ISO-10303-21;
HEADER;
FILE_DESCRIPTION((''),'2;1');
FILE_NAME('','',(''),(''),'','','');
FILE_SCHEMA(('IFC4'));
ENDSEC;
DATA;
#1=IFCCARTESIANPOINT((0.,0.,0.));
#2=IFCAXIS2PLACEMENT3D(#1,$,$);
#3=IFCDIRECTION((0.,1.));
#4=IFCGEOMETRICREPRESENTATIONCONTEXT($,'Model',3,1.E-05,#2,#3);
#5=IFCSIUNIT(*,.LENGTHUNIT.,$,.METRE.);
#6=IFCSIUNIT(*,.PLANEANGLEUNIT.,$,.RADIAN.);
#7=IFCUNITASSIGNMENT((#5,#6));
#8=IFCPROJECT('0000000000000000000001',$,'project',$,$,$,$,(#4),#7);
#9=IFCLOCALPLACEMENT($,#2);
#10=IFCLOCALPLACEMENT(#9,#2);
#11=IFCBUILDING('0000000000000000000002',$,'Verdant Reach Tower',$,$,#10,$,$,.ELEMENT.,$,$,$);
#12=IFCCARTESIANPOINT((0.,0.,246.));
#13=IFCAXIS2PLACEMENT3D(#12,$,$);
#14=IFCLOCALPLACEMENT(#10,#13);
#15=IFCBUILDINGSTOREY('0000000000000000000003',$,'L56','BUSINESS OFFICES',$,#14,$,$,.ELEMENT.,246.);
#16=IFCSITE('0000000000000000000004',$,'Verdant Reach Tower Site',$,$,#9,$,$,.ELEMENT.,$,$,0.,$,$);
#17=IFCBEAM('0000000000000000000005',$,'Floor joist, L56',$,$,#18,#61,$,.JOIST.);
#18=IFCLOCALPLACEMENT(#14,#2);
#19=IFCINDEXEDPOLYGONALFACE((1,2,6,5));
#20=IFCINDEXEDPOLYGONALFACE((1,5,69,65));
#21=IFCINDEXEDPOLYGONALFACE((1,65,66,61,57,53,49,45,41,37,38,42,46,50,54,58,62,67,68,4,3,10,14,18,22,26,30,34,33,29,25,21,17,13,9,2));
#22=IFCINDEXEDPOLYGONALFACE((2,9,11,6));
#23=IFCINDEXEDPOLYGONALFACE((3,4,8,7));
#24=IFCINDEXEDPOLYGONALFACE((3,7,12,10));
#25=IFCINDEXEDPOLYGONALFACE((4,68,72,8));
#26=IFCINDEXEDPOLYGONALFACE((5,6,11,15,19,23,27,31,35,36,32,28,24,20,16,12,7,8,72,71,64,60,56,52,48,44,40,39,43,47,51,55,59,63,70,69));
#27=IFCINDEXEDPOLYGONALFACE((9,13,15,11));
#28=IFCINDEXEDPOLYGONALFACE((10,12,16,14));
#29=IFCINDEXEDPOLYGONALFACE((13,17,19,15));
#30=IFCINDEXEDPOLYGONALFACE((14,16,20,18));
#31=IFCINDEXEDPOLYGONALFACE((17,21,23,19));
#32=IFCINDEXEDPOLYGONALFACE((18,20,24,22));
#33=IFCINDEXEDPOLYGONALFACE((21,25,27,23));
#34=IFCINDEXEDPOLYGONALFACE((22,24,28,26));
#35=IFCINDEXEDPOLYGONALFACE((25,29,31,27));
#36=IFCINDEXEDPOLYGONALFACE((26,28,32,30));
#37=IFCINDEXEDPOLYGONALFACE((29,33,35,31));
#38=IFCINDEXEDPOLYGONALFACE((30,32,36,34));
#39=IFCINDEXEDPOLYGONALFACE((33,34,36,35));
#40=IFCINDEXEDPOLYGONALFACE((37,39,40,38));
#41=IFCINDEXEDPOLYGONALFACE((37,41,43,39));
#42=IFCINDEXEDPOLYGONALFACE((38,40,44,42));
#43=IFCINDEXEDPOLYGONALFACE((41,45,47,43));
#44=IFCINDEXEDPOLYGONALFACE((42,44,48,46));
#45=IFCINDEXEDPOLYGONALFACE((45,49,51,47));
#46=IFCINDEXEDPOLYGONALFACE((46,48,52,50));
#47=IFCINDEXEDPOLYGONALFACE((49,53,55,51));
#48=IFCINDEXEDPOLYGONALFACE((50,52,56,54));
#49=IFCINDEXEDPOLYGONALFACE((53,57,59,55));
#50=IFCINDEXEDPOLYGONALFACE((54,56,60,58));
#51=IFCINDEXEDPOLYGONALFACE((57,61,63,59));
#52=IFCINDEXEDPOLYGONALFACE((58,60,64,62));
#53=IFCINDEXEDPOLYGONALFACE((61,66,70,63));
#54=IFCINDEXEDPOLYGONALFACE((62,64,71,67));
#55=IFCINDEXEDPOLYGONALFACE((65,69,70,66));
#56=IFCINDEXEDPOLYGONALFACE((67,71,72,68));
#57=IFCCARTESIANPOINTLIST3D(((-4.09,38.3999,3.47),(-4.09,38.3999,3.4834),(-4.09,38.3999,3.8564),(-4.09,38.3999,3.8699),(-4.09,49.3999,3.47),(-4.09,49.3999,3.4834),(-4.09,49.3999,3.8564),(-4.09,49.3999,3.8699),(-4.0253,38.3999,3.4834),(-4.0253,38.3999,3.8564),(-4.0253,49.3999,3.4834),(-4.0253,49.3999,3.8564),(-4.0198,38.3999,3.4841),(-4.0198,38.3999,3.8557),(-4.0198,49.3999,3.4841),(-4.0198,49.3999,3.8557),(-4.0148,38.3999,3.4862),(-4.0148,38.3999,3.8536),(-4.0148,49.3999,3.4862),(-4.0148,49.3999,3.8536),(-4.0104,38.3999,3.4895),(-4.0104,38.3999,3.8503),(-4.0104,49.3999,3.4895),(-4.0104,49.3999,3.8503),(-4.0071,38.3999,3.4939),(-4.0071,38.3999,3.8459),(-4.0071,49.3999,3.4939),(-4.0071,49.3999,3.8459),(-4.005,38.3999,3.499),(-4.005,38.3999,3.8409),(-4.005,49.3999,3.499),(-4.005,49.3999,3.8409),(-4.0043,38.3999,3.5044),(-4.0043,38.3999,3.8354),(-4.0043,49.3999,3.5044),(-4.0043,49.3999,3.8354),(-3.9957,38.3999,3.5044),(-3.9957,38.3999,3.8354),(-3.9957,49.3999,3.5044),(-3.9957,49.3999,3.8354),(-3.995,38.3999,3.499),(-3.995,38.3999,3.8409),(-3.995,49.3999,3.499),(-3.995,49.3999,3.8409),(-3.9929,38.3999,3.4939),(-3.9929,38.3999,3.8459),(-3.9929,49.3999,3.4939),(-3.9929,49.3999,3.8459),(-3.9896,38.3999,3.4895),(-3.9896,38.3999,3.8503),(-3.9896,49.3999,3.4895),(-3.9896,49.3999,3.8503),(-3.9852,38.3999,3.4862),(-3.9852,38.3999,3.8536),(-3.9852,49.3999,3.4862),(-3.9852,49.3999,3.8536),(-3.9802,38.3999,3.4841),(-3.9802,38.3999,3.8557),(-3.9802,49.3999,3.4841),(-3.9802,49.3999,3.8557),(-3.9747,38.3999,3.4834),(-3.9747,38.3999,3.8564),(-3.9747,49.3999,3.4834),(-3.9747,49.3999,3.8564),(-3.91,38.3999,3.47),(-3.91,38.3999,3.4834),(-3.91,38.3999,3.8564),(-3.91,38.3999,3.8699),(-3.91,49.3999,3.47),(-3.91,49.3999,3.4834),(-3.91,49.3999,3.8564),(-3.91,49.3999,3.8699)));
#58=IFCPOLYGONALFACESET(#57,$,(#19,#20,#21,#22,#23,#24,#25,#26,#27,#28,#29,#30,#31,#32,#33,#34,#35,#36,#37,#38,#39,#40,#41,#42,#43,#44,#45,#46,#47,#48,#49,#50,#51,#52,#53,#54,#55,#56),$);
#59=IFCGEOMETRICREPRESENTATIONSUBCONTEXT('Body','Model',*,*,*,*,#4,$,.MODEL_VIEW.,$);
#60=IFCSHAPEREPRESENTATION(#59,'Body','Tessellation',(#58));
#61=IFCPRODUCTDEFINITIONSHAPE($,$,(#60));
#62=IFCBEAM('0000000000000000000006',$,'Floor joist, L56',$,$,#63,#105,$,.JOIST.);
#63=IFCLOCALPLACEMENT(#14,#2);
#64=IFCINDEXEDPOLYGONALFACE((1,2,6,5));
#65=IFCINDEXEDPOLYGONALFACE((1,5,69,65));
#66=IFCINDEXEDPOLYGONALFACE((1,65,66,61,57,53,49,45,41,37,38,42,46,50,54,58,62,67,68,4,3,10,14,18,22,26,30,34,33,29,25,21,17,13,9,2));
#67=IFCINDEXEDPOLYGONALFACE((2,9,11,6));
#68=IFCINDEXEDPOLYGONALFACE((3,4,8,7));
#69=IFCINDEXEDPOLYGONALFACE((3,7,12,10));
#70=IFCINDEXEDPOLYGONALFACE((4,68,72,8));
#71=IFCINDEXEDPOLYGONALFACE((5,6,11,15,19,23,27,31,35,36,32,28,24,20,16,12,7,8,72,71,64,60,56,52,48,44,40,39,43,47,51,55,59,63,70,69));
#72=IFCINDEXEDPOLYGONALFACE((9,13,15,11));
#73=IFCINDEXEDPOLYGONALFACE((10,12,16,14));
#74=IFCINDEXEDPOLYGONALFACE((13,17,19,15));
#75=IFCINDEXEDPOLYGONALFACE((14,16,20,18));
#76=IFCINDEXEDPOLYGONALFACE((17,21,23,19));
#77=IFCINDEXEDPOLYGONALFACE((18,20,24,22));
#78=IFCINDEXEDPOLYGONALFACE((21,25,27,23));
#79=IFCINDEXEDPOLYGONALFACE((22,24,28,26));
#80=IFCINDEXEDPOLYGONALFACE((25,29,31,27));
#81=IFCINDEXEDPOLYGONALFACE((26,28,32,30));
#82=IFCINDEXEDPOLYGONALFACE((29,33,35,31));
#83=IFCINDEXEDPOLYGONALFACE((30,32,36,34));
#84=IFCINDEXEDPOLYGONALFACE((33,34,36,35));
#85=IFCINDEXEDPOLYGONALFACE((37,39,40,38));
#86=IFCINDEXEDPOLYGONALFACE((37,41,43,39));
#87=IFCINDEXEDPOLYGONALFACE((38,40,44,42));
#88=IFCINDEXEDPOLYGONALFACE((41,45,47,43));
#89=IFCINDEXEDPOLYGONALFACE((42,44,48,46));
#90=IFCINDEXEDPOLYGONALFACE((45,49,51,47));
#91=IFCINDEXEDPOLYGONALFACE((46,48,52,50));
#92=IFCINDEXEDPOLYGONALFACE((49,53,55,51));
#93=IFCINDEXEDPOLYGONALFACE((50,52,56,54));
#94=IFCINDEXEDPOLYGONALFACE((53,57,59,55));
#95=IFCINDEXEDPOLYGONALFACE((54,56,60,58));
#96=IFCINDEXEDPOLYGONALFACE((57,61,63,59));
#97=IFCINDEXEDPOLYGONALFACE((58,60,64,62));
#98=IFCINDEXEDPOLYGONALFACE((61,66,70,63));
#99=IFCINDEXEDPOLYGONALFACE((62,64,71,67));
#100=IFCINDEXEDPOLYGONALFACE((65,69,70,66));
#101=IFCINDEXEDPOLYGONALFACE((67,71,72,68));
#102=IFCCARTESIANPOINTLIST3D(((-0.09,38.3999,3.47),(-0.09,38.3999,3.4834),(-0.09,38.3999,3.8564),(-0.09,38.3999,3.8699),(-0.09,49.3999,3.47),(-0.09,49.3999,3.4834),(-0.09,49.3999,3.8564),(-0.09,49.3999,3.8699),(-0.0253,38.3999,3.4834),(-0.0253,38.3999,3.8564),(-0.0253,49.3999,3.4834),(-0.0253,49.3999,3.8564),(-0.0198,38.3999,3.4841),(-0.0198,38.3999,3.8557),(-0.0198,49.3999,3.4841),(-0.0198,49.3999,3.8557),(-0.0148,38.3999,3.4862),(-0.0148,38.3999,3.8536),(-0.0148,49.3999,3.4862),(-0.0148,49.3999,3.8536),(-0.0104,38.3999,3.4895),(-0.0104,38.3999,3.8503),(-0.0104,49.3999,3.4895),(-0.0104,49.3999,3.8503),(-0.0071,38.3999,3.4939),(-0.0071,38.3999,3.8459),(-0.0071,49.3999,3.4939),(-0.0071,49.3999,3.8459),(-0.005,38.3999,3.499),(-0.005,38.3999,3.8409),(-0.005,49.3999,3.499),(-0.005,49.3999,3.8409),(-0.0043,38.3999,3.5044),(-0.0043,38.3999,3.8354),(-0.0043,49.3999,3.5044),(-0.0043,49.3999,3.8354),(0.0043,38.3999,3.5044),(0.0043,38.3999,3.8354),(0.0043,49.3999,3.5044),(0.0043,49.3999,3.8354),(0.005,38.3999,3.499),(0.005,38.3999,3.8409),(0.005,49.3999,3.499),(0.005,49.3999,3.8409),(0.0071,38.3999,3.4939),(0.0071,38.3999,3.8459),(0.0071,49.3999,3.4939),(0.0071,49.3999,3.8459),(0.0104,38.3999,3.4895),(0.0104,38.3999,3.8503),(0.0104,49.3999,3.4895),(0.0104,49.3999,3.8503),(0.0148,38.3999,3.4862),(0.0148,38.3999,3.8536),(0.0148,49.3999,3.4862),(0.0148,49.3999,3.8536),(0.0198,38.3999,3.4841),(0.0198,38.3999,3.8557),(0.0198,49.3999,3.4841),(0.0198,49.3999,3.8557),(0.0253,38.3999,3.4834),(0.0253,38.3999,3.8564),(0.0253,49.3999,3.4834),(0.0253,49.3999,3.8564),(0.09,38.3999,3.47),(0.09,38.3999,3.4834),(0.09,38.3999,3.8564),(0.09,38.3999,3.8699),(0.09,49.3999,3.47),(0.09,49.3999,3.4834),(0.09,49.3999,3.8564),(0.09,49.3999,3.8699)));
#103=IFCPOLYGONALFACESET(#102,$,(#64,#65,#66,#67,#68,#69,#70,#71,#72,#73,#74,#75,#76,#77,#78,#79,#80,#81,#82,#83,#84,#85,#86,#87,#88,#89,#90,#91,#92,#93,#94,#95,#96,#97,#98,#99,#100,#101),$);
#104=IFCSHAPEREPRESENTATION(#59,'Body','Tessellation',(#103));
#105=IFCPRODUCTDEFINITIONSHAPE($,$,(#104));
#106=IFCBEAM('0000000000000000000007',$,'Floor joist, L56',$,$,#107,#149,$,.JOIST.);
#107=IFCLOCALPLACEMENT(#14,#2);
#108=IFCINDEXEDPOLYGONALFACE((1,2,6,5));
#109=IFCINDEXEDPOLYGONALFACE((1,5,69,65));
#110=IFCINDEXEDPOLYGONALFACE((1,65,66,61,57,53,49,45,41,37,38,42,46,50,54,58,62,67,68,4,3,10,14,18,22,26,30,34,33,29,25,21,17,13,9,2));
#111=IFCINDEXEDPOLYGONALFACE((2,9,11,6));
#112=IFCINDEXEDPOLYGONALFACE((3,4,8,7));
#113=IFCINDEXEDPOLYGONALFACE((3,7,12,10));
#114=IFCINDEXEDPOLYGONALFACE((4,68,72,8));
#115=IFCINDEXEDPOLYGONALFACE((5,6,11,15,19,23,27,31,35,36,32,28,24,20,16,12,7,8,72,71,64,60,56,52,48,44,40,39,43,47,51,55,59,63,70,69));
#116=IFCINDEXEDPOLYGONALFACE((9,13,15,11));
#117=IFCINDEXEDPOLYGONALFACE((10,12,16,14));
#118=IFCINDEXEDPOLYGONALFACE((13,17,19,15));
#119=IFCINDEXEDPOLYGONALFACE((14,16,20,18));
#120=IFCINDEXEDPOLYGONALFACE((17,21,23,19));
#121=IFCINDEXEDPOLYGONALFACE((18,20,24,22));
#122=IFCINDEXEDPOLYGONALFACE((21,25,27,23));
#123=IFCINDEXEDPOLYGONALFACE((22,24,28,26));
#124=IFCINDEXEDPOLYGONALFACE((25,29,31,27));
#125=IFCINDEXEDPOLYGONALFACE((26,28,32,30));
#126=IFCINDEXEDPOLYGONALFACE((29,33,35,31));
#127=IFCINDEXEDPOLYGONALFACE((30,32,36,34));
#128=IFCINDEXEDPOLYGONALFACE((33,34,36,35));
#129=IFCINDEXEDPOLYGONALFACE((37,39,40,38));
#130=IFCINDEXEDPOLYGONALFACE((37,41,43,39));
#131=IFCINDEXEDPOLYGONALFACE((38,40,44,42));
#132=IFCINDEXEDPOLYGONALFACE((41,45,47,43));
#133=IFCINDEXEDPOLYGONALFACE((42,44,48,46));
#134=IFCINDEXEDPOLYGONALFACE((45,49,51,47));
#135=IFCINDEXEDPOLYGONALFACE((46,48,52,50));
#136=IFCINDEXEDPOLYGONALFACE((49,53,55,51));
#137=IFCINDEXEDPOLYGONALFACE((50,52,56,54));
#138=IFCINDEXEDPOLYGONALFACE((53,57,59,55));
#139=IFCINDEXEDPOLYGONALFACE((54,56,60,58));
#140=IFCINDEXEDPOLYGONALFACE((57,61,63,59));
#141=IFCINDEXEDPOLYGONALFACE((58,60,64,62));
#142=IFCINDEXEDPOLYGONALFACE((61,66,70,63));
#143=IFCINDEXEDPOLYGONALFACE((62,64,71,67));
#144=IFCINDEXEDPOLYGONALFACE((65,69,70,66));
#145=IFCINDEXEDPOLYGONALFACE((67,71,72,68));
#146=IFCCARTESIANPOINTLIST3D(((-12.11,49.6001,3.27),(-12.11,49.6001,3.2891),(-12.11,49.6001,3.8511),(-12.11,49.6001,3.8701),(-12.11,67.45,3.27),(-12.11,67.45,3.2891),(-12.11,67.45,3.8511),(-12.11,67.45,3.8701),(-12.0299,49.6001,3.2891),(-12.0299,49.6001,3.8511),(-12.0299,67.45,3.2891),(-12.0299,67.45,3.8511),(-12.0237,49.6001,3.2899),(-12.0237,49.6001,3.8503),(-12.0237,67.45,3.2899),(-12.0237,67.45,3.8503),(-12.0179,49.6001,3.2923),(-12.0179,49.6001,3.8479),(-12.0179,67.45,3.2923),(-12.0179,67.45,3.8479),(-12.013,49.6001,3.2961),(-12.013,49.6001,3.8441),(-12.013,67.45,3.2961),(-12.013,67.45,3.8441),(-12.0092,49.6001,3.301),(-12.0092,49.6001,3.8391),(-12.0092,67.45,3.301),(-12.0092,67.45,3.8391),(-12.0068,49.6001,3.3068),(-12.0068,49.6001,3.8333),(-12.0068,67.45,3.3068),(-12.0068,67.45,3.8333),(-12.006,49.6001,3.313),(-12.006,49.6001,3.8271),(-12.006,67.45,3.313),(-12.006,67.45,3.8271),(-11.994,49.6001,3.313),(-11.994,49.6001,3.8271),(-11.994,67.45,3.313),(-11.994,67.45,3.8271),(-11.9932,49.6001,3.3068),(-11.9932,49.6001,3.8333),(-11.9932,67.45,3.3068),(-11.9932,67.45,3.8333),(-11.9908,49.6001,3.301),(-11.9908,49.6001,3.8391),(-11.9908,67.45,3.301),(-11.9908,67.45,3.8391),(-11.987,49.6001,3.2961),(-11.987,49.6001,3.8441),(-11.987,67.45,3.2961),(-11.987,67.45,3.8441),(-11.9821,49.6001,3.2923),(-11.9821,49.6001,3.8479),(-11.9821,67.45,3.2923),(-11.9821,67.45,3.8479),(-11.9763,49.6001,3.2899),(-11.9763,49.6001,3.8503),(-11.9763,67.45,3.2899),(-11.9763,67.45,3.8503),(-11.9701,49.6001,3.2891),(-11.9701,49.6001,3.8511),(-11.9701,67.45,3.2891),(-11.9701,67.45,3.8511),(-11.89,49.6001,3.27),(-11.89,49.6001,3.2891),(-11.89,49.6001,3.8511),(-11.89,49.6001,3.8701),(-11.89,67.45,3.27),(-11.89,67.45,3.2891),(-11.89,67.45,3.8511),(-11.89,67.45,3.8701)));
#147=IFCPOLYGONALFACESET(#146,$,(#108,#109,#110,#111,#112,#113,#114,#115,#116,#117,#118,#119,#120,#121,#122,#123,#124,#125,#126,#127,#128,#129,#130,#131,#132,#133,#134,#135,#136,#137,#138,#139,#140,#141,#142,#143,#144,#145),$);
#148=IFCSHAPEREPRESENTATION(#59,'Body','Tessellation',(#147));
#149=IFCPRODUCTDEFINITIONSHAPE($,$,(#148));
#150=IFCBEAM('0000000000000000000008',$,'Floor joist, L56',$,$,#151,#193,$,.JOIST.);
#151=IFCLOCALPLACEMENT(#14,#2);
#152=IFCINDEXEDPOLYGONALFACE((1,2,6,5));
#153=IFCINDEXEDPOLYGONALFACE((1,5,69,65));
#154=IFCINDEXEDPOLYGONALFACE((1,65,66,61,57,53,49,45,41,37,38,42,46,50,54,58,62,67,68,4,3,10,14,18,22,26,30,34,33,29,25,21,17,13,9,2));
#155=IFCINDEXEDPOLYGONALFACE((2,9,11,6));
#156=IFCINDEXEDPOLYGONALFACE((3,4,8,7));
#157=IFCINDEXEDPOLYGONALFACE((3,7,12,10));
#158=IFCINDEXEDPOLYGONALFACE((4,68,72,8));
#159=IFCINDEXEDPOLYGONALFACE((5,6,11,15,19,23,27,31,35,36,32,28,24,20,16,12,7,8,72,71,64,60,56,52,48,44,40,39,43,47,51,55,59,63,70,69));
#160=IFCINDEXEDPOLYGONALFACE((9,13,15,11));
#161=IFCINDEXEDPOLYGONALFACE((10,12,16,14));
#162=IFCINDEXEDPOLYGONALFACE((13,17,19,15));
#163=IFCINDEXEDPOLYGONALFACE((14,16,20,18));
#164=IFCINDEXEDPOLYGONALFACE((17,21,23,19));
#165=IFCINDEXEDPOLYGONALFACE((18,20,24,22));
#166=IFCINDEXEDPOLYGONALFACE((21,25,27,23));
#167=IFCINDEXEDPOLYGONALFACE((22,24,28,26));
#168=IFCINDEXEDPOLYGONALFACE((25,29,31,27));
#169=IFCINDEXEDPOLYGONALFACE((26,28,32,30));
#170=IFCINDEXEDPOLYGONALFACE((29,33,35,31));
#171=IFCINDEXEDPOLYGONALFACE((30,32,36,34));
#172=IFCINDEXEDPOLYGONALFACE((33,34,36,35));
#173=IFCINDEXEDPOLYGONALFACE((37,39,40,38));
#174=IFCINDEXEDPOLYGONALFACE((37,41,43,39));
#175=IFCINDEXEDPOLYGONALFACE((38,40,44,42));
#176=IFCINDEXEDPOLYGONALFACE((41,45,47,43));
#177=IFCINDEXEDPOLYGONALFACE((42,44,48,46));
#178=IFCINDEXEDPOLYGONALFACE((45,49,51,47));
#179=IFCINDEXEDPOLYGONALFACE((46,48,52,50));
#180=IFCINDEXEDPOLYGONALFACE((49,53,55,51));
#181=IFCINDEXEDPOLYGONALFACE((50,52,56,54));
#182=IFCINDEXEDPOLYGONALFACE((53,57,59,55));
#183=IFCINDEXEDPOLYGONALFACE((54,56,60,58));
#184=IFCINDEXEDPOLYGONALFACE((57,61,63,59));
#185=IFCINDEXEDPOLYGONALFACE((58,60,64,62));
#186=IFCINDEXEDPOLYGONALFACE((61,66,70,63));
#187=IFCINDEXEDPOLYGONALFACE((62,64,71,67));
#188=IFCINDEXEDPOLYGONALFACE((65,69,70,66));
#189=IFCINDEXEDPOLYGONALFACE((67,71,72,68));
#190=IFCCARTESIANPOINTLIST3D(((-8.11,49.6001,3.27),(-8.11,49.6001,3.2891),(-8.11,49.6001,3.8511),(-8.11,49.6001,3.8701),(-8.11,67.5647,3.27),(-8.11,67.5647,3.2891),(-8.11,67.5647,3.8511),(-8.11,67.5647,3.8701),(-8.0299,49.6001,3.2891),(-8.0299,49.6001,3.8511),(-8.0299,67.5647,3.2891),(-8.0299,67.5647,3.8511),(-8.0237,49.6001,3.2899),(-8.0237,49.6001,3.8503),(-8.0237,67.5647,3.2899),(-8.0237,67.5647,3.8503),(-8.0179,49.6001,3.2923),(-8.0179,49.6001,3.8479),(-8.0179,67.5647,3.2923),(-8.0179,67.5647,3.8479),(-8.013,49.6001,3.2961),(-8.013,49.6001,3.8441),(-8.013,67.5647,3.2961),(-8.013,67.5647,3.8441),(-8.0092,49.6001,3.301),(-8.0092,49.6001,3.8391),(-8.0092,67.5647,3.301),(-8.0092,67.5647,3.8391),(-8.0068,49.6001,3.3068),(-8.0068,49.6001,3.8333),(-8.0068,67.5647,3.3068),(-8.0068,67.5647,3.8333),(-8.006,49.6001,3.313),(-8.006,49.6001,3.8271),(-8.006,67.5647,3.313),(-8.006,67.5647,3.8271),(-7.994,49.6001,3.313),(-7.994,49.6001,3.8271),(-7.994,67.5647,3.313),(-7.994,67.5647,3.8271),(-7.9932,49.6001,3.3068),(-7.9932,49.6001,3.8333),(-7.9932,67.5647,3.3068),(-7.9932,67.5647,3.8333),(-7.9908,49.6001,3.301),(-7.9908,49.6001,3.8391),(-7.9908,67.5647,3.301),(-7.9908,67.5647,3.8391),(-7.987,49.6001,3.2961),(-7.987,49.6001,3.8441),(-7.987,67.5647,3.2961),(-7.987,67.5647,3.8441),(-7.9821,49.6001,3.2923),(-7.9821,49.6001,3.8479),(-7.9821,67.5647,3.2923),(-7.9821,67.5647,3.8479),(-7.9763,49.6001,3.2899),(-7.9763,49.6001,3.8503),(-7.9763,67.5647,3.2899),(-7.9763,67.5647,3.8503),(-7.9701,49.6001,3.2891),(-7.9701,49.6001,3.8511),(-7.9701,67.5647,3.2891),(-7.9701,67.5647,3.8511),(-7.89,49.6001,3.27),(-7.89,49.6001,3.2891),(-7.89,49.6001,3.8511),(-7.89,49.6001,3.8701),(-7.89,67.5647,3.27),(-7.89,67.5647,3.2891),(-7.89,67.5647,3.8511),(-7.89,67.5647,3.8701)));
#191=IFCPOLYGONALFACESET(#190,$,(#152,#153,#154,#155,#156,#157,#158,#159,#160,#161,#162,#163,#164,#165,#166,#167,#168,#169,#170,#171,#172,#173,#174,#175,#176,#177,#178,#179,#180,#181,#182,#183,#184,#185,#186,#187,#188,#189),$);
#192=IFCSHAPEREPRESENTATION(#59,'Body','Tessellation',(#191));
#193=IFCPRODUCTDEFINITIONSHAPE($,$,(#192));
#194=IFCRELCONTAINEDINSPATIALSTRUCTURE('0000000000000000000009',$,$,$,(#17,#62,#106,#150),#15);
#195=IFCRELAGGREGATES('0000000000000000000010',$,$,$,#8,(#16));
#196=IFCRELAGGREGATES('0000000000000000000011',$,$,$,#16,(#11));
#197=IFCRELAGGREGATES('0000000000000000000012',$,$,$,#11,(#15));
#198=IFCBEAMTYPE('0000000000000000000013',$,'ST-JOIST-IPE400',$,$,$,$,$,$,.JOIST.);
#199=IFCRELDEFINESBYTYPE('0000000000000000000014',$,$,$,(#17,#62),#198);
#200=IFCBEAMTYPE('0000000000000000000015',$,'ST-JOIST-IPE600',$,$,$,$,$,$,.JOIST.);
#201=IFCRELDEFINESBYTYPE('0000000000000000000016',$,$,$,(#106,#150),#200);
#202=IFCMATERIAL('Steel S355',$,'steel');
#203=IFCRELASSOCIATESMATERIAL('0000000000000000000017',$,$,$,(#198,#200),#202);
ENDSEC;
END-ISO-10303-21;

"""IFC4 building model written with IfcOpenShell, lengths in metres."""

from ifc_helpers import new_model, si_unit, direction, frame, origin, origin_2d, place, context, subcontext, project, spatial, i_section, extrude, material, material_profile, profile_set, type_object, element, save


model = new_model("IFC4")

# Units and contexts
model_context = context("Model", 3, precision=1e-05, world=origin(), true_north=direction((0.0, 1.0)))
body_context = subcontext(model_context, "Body", "Model", "MODEL_VIEW")
ifc_project = project(units=[si_unit("LENGTHUNIT", "METRE"), si_unit("PLANEANGLEUNIT", "RADIAN")], contexts=[model_context])

# Site, building, storey
site_placement = place(None, origin())
site = spatial("IfcSite", under=ifc_project, at=site_placement, Name="Verdant Reach Tower Site", CompositionType="ELEMENT", RefElevation=0.0)
building_placement = place(site_placement, origin())
building = spatial("IfcBuilding", under=site, at=building_placement, Name="Verdant Reach Tower", CompositionType="ELEMENT")
storey_placement = place(building_placement, frame((0.0, 0.0, 246.0)))
storey = spatial("IfcBuildingStorey", under=building, at=storey_placement, Name="L56", Description="BUSINESS OFFICES", CompositionType="ELEMENT", Elevation=246.0)

# Beams
ifc_material_1 = material(Name="Steel S355", Category="steel")
ifc_material_profile_1 = material_profile(ifc_material_1, i_section(OverallWidth=0.1799, OverallDepth=0.3999, WebThickness=0.0085, FlangeThickness=0.0134, FilletRadius=0.021, at=origin_2d()), Name="IPE 400")
ifc_profile_set_1 = profile_set([ifc_material_profile_1], Name="Steel S355")
beam_type_1 = type_object("IfcBeamType", Name="ST-JOIST-IPE400", PredefinedType="JOIST", material=ifc_profile_set_1)
for number, where, z_axis, x_axis, name in (
    (1, (-4.0, 38.3999, 3.6699), (0.0, 1.0, 0.0), (-1.0, 0.0, 0.0), "Floor joist, L56"),
    (2, (0.0, 38.3999, 3.6699), (0.0, 1.0, 0.0), (-1.0, 0.0, 0.0), "Floor joist, L56"),
):
    element("IfcBeam", number, at=place(storey_placement, frame(where, z_axis=z_axis, x_axis=x_axis)), inside=storey, type_object=beam_type_1, Name=name, PredefinedType="JOIST", context=body_context, shape_type="SweptSolid", body=[
        extrude(i_section(OverallWidth=0.1799, OverallDepth=0.3999, WebThickness=0.0085, FlangeThickness=0.0134, FilletRadius=0.021, at=origin_2d()), origin(), (0.0, 0.0, 1.0), 11.0),
    ])
ifc_material_profile_2 = material_profile(ifc_material_1, i_section(OverallWidth=0.22, OverallDepth=0.6001, WebThickness=0.012, FlangeThickness=0.019, FilletRadius=0.0239, at=origin_2d()), Name="IPE 600")
ifc_profile_set_2 = profile_set([ifc_material_profile_2], Name="Steel S355")
beam_type_2 = type_object("IfcBeamType", Name="ST-JOIST-IPE600", PredefinedType="JOIST", material=ifc_profile_set_2)
beam_1_placement = place(storey_placement, frame((-12.0, 49.6001, 3.5701), z_axis=(0.0, 1.0, 0.0), x_axis=(-1.0, 0.0, 0.0)))
element("IfcBeam", 3, at=beam_1_placement, inside=storey, type_object=beam_type_2, Name="Floor joist, L56", PredefinedType="JOIST", context=body_context, shape_type="SweptSolid", body=[
    extrude(i_section(OverallWidth=0.22, OverallDepth=0.6001, WebThickness=0.012, FlangeThickness=0.019, FilletRadius=0.0239, at=origin_2d()), origin(), (0.0, 0.0, 1.0), 17.8499),
])
beam_2_placement = place(storey_placement, frame((-8.0, 49.6001, 3.5701), z_axis=(0.0, 1.0, 0.0), x_axis=(-1.0, 0.0, 0.0)))
element("IfcBeam", 4, at=beam_2_placement, inside=storey, type_object=beam_type_2, Name="Floor joist, L56", PredefinedType="JOIST", context=body_context, shape_type="SweptSolid", body=[
    extrude(i_section(OverallWidth=0.22, OverallDepth=0.6001, WebThickness=0.012, FlangeThickness=0.019, FilletRadius=0.0239, at=origin_2d()), origin(), (0.0, 0.0, 1.0), 17.9646),
])

save(model, "model.ifc")
